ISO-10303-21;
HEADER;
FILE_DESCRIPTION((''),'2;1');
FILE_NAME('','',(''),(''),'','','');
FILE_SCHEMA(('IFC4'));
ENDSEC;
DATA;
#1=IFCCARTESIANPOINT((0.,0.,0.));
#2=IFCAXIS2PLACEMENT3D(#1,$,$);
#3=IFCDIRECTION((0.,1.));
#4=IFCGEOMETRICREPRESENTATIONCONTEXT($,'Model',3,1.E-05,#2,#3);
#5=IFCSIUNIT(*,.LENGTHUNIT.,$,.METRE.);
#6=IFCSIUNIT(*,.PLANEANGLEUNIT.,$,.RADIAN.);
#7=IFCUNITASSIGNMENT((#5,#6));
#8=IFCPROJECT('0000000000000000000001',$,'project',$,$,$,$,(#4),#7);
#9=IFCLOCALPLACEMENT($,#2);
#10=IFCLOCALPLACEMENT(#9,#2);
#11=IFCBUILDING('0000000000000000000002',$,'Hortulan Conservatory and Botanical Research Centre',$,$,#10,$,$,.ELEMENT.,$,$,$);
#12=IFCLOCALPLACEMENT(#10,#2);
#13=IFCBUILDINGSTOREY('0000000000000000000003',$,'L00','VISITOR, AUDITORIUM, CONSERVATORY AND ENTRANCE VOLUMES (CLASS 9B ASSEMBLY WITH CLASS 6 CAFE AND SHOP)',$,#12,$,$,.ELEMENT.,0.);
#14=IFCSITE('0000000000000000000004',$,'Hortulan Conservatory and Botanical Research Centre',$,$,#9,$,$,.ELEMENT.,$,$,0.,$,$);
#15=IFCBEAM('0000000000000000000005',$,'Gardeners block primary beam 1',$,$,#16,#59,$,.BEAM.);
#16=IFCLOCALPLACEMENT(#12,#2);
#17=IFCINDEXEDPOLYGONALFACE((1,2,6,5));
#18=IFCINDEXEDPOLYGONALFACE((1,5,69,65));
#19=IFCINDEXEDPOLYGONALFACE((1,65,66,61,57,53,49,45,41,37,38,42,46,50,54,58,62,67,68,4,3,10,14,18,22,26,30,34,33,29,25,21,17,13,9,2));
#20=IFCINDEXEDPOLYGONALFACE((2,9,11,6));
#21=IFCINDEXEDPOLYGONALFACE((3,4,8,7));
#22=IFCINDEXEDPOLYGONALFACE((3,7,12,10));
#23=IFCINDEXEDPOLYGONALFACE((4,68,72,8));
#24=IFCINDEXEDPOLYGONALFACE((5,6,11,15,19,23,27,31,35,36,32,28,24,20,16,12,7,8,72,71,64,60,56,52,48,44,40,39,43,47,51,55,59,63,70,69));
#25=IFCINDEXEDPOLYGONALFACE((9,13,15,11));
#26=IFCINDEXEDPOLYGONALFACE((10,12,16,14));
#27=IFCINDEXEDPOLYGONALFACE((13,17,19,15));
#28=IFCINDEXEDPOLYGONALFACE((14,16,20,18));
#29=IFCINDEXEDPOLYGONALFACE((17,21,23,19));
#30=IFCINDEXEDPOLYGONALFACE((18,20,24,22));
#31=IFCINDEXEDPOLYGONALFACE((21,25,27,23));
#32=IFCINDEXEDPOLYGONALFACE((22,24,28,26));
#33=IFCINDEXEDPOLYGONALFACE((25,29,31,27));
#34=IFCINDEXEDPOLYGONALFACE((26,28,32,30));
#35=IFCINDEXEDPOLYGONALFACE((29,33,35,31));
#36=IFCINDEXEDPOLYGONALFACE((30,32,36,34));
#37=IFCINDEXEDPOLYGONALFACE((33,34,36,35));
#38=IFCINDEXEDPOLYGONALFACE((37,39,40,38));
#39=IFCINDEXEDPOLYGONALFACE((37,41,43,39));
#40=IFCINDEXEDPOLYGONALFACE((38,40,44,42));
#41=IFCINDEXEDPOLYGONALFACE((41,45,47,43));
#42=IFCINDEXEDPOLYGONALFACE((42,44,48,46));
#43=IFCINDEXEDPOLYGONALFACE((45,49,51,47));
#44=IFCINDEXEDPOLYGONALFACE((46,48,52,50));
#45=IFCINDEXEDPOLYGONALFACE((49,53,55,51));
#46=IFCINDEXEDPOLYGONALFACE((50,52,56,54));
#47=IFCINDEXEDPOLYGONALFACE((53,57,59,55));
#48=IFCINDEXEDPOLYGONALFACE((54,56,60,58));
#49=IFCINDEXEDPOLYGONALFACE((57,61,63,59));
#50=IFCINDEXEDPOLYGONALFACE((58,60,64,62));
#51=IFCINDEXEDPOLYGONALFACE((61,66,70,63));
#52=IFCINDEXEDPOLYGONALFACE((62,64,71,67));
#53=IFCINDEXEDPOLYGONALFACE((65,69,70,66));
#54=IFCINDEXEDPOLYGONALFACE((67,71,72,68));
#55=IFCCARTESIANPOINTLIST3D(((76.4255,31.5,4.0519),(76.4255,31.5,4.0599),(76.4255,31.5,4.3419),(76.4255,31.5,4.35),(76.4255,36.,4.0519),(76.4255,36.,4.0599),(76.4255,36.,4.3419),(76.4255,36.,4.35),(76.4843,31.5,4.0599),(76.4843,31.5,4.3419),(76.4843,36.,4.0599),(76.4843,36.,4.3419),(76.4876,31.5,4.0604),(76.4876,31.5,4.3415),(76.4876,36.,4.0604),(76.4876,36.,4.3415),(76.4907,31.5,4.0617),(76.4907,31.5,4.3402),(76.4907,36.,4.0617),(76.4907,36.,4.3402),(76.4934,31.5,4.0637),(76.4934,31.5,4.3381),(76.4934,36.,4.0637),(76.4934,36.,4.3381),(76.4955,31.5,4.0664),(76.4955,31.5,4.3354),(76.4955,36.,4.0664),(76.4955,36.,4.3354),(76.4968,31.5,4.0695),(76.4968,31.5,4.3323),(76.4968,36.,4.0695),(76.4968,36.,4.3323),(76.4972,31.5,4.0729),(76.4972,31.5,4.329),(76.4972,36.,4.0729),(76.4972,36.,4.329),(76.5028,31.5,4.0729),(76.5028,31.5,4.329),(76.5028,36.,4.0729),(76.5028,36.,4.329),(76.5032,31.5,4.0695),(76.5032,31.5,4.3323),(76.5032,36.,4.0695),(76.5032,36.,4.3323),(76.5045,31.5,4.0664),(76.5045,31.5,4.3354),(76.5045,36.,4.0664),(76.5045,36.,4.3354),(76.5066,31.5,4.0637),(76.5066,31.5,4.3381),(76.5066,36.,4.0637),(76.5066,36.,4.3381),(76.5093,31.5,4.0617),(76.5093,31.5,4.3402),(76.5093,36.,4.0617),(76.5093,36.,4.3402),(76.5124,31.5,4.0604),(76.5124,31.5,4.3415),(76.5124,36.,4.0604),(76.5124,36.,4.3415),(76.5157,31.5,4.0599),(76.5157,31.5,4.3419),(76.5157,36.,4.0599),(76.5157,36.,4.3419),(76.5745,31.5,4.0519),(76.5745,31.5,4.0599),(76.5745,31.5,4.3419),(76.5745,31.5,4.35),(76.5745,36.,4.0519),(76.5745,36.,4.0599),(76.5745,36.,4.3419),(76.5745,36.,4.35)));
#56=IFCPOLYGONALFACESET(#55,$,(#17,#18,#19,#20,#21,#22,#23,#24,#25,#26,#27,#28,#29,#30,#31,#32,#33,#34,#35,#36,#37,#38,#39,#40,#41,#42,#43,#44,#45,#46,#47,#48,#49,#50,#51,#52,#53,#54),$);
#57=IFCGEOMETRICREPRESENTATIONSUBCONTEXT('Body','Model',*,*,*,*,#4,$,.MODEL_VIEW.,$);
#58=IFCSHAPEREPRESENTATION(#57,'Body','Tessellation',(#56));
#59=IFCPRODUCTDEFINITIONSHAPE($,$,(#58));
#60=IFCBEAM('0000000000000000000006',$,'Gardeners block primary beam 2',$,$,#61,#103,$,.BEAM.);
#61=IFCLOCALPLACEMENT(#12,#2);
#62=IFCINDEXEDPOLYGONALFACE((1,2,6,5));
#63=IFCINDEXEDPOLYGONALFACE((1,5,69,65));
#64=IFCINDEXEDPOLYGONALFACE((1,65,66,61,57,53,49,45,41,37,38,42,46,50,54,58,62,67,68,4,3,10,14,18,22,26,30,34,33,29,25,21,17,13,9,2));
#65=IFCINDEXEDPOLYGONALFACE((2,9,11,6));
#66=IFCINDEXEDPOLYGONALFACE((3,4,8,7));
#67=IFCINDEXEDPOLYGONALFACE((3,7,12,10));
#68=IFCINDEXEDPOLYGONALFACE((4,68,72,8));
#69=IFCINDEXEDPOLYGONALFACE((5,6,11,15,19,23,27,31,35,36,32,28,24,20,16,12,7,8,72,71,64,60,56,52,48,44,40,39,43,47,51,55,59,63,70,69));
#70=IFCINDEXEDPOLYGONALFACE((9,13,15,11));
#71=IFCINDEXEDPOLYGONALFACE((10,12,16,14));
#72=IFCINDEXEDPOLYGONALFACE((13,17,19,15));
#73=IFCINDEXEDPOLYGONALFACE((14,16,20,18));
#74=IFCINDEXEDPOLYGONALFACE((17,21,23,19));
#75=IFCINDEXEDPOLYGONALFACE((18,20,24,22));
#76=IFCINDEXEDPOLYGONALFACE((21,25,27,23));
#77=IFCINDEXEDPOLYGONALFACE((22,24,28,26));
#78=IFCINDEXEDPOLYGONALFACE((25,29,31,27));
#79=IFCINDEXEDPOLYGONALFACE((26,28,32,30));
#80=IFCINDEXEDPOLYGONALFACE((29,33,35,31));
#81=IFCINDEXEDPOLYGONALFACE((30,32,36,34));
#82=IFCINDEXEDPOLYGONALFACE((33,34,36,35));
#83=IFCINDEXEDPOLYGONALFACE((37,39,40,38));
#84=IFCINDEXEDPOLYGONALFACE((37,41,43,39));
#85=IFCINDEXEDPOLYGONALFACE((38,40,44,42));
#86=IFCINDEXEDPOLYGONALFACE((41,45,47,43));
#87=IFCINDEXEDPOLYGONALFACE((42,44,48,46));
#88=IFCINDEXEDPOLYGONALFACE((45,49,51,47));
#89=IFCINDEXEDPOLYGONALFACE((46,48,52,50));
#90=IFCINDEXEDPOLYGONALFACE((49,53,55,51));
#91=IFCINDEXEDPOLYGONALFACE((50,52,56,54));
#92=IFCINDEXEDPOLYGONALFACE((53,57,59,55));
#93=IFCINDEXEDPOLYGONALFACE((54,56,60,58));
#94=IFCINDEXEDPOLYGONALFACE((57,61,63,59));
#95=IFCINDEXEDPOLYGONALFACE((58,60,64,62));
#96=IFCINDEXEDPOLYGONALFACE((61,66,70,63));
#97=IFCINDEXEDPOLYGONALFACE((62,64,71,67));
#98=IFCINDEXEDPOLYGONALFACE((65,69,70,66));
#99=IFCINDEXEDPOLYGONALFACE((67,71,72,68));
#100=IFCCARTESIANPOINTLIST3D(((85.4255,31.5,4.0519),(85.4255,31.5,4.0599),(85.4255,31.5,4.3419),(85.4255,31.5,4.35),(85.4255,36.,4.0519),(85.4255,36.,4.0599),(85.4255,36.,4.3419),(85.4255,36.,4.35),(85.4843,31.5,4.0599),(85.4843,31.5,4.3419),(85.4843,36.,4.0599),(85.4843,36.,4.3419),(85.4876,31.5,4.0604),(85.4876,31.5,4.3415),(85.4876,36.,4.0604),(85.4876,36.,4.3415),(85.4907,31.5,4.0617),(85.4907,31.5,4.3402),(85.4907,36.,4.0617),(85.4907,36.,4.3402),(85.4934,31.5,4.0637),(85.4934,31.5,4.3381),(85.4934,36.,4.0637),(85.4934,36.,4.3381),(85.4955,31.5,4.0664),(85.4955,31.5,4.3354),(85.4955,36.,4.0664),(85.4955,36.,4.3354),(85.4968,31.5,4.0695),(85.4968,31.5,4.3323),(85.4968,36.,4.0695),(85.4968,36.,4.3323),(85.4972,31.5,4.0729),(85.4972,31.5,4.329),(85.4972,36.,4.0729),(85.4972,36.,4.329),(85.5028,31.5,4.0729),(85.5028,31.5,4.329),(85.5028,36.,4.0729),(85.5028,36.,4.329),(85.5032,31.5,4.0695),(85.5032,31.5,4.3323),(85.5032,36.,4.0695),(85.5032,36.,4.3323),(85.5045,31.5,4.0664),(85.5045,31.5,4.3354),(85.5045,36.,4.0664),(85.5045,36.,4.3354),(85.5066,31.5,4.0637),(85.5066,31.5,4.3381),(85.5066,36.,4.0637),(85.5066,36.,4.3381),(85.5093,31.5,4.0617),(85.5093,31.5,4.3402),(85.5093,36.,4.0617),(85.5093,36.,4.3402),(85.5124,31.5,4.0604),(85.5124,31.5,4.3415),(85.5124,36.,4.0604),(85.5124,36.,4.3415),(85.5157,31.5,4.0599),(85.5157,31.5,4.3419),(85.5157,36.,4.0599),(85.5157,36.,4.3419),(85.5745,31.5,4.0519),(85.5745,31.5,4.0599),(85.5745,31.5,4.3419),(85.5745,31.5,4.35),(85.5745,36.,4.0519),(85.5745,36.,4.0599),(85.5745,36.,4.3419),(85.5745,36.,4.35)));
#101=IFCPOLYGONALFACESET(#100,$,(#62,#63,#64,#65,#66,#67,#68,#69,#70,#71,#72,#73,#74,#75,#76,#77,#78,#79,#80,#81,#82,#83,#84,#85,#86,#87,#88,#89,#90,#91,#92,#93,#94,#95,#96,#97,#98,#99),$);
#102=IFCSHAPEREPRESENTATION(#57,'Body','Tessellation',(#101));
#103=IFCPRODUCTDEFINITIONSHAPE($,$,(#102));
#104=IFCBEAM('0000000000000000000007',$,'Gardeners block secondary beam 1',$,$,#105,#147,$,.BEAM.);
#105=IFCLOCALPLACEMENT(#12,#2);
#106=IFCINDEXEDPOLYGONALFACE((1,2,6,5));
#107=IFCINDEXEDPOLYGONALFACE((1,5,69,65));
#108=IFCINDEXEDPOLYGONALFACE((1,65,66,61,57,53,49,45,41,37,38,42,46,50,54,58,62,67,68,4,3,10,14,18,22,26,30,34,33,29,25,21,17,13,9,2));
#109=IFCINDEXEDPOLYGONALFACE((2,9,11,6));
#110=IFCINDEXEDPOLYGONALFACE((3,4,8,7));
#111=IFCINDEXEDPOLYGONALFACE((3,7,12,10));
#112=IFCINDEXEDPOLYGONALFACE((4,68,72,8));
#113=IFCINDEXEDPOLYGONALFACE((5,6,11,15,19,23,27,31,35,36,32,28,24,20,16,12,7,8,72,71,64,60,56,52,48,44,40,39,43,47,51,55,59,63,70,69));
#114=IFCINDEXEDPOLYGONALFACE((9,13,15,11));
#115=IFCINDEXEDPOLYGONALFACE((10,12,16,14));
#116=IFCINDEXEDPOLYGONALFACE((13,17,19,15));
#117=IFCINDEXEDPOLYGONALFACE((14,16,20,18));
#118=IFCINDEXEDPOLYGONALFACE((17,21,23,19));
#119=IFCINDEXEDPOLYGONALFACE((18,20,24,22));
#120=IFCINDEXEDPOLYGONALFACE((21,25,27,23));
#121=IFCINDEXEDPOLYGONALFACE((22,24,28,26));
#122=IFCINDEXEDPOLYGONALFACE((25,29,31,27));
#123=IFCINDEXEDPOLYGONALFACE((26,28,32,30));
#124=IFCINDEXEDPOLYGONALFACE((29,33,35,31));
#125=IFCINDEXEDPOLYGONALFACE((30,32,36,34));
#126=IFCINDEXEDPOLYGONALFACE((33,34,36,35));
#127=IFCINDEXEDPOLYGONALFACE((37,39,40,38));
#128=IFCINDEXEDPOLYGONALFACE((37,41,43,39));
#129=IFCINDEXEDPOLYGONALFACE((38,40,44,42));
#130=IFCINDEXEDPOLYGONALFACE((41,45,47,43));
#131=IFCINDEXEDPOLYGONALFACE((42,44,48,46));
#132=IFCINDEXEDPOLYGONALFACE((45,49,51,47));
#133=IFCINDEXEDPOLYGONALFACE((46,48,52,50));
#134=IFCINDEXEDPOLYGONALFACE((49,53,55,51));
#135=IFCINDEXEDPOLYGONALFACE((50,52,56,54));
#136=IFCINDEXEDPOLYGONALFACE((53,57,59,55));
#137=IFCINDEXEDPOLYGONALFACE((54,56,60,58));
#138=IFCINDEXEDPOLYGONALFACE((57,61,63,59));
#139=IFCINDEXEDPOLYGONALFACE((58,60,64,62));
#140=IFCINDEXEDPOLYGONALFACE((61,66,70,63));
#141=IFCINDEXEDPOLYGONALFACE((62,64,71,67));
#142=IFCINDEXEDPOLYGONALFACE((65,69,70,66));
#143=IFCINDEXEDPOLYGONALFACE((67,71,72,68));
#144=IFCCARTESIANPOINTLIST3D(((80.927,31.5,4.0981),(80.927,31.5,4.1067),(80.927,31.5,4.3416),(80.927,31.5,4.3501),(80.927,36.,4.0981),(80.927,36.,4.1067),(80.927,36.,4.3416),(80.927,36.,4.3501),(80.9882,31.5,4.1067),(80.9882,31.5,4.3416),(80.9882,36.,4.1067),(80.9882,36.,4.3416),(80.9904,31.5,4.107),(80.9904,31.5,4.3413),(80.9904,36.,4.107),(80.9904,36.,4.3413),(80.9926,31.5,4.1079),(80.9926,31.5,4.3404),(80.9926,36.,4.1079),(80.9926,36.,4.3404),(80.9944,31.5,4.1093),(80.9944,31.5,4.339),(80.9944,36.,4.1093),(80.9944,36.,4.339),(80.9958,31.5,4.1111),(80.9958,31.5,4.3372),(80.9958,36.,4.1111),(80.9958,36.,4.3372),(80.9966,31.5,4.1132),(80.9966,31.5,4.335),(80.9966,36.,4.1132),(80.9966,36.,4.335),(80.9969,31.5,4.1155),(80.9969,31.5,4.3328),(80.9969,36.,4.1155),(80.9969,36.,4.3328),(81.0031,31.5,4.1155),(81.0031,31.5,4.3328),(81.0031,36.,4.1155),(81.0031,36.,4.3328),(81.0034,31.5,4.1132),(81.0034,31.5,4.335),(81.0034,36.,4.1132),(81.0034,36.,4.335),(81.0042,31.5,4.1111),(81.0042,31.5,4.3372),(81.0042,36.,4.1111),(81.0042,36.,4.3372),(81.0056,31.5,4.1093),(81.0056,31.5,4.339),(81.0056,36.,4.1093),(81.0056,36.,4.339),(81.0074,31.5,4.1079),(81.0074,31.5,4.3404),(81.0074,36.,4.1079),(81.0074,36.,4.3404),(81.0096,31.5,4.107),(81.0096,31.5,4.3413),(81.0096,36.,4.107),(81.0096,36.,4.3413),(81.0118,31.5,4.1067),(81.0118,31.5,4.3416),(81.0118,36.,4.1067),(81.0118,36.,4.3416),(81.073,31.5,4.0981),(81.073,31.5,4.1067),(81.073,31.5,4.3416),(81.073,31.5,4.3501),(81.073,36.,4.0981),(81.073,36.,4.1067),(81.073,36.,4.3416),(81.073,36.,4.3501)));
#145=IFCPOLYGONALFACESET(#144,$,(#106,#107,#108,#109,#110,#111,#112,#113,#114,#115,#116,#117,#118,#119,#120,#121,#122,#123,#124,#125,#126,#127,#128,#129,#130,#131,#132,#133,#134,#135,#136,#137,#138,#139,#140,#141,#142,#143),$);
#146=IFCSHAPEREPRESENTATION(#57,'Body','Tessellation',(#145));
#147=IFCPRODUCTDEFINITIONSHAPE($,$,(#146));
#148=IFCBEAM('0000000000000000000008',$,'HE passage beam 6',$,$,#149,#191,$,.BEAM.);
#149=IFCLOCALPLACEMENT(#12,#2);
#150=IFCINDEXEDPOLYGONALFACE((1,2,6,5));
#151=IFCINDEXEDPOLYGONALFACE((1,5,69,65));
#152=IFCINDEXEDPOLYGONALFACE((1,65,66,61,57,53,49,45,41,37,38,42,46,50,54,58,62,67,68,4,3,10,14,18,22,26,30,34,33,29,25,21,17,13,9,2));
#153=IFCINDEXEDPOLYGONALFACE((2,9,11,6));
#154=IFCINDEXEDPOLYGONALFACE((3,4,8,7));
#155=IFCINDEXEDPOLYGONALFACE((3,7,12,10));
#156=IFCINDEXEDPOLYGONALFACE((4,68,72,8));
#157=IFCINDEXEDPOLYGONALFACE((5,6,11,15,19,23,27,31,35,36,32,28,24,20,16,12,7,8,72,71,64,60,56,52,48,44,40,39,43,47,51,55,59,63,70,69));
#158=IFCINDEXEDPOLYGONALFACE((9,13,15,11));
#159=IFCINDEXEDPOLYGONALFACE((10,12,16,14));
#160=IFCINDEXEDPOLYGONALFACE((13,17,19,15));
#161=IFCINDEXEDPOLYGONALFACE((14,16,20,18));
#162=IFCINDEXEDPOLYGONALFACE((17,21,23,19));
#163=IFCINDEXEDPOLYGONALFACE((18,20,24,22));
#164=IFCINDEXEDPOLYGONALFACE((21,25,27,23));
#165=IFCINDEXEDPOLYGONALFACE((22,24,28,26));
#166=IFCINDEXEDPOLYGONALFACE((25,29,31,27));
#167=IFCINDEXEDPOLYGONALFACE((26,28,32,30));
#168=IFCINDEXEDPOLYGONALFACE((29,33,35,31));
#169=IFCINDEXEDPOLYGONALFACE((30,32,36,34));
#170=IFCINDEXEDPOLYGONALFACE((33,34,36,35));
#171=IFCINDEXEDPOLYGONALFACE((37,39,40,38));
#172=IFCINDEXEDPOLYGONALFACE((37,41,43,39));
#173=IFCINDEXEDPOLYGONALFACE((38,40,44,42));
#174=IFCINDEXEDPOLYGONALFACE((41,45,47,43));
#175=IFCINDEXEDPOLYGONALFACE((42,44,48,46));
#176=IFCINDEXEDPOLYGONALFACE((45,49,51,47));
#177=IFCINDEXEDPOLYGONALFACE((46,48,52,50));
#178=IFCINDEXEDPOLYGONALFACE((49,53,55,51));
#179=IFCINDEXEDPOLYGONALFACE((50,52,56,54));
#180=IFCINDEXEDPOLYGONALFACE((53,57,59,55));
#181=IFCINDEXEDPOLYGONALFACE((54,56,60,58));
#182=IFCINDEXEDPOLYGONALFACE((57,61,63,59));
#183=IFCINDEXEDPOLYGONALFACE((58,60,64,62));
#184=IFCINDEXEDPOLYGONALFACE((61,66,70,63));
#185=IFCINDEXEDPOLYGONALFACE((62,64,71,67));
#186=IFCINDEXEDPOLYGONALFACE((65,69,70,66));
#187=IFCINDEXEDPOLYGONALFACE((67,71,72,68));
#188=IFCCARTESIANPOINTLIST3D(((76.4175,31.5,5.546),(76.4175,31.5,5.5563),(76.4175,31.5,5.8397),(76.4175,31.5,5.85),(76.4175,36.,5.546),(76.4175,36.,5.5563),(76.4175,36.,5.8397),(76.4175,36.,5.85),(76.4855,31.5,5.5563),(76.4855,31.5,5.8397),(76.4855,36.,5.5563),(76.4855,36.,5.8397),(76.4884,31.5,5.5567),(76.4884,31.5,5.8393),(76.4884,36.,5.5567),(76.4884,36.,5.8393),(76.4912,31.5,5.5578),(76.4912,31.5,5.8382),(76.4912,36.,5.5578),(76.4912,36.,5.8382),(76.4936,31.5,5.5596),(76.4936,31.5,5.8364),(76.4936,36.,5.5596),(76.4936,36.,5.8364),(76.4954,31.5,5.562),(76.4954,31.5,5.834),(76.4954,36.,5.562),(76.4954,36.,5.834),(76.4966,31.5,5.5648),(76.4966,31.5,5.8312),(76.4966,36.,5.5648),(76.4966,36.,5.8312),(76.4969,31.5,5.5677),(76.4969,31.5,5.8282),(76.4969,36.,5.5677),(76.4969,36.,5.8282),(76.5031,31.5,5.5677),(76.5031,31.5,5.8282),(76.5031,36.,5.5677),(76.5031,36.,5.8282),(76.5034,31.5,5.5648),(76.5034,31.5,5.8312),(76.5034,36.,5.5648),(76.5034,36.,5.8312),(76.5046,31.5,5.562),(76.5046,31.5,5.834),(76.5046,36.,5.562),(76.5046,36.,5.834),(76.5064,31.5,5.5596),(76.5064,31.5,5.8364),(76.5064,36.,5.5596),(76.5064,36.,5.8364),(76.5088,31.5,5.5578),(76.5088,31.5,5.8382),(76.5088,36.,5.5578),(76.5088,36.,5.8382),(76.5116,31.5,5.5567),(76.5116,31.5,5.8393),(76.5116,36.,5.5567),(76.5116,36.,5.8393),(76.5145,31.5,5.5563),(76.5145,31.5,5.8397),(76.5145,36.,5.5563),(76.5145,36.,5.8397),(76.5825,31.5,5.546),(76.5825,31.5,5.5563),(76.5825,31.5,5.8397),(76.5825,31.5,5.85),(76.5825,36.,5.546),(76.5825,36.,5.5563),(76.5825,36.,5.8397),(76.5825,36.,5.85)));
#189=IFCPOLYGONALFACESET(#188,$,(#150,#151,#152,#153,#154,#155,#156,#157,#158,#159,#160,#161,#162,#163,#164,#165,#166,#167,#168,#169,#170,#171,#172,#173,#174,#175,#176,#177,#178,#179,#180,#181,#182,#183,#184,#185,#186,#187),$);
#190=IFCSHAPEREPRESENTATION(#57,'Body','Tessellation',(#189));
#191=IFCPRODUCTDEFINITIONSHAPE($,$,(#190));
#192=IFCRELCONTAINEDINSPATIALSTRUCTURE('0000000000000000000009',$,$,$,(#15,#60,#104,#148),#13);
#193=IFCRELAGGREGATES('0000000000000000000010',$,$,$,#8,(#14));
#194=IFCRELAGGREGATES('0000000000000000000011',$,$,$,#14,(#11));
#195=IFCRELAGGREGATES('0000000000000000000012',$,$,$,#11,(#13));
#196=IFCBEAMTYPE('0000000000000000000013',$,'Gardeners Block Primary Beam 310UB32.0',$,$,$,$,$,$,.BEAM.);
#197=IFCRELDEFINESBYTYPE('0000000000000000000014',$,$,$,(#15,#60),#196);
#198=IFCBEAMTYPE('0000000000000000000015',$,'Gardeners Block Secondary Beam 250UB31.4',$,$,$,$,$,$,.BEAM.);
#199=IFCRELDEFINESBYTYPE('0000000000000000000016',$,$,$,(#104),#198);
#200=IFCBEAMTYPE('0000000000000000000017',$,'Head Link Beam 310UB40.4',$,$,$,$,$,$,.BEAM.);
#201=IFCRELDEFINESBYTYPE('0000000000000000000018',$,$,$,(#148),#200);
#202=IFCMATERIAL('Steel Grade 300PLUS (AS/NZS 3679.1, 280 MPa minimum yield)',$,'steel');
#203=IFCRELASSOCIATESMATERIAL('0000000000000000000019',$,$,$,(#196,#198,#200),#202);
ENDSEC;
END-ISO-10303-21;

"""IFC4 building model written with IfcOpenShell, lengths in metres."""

from ifc_helpers import new_model, si_unit, direction, frame, origin, origin_2d, place, context, subcontext, project, spatial, i_section, extrude, material, material_profile, profile_set, type_object, element, save


model = new_model("IFC4")

# Units and contexts
model_context = context("Model", 3, precision=1e-05, world=origin(), true_north=direction((0.0, 1.0)))
body_context = subcontext(model_context, "Body", "Model", "MODEL_VIEW")
ifc_project = project(units=[si_unit("LENGTHUNIT", "METRE"), si_unit("PLANEANGLEUNIT", "RADIAN")], contexts=[model_context])

# Site, building, storey
site_placement = place(None, origin())
site = spatial("IfcSite", under=ifc_project, at=site_placement, Name="Hortulan Conservatory and Botanical Research Centre", CompositionType="ELEMENT", RefElevation=0.0)
building_placement = place(site_placement, origin())
building = spatial("IfcBuilding", under=site, at=building_placement, Name="Hortulan Conservatory and Botanical Research Centre", CompositionType="ELEMENT")
storey_placement = place(building_placement, origin())
storey = spatial("IfcBuildingStorey", under=building, at=storey_placement, Name="L00", Description="VISITOR, AUDITORIUM, CONSERVATORY AND ENTRANCE VOLUMES (CLASS 9B ASSEMBLY WITH CLASS 6 CAFE AND SHOP)", CompositionType="ELEMENT", Elevation=0.0)

# Shared definitions
ifc_material_1 = material(Name="Steel Grade 300PLUS (AS/NZS 3679.1, 280 MPa minimum yield)", Category="steel")

# Beams
ifc_material_profile_1 = material_profile(ifc_material_1, i_section(OverallWidth=0.1489, OverallDepth=0.2981, WebThickness=0.0056, FlangeThickness=0.0081, FilletRadius=0.0129, at=origin_2d()), Name="310UB32.0")
ifc_profile_set_1 = profile_set([ifc_material_profile_1], Name="Steel Grade 300PLUS (AS/NZS 3679.1, 280 MPa minimum yield)")
beam_type_1 = type_object("IfcBeamType", Name="Gardeners Block Primary Beam 310UB32.0", PredefinedType="BEAM", material=ifc_profile_set_1)
for number, where, z_axis, x_axis, name in (
    (1, (76.5, 31.5, 4.2009), (0.0, 1.0, 0.0), (-1.0, 0.0, 0.0), "Gardeners block primary beam 1"),
    (2, (85.5, 31.5, 4.2009), (0.0, 1.0, 0.0), (-1.0, 0.0, 0.0), "Gardeners block primary beam 2"),
):
    element("IfcBeam", number, at=place(storey_placement, frame(where, z_axis=z_axis, x_axis=x_axis)), inside=storey, type_object=beam_type_1, Name=name, PredefinedType="BEAM", context=body_context, shape_type="SweptSolid", body=[
        extrude(i_section(OverallWidth=0.1489, OverallDepth=0.2981, WebThickness=0.0056, FlangeThickness=0.0081, FilletRadius=0.0129, at=origin_2d()), origin(), (0.0, 0.0, 1.0), 4.5),
    ])
ifc_material_profile_2 = material_profile(ifc_material_1, i_section(OverallWidth=0.146, OverallDepth=0.252, WebThickness=0.0061, FlangeThickness=0.0085, FilletRadius=0.0088, at=origin_2d()), Name="250UB31.4")
ifc_profile_set_2 = profile_set([ifc_material_profile_2], Name="Steel Grade 300PLUS (AS/NZS 3679.1, 280 MPa minimum yield)")
beam_type_2 = type_object("IfcBeamType", Name="Gardeners Block Secondary Beam 250UB31.4", PredefinedType="BEAM", material=ifc_profile_set_2)
beam_1_placement = place(storey_placement, frame((81.0, 31.5, 4.2241), z_axis=(0.0, 1.0, 0.0), x_axis=(-1.0, 0.0, 0.0)))
element("IfcBeam", 3, at=beam_1_placement, inside=storey, type_object=beam_type_2, Name="Gardeners block secondary beam 1", PredefinedType="BEAM", context=body_context, shape_type="SweptSolid", body=[
    extrude(i_section(OverallWidth=0.146, OverallDepth=0.252, WebThickness=0.0061, FlangeThickness=0.0085, FilletRadius=0.0088, at=origin_2d()), origin(), (0.0, 0.0, 1.0), 4.5),
])
ifc_material_profile_3 = material_profile(ifc_material_1, i_section(OverallWidth=0.165, OverallDepth=0.304, WebThickness=0.0061, FlangeThickness=0.0103, FilletRadius=0.0115, at=origin_2d()), Name="310UB40.4")
ifc_profile_set_3 = profile_set([ifc_material_profile_3], Name="Steel Grade 300PLUS (AS/NZS 3679.1, 280 MPa minimum yield)")
beam_type_3 = type_object("IfcBeamType", Name="Head Link Beam 310UB40.4", PredefinedType="BEAM", material=ifc_profile_set_3)
beam_2_placement = place(storey_placement, frame((76.5, 31.5, 5.698), z_axis=(0.0, 1.0, 0.0), x_axis=(-1.0, 0.0, 0.0)))
element("IfcBeam", 4, at=beam_2_placement, inside=storey, type_object=beam_type_3, Name="HE passage beam 6", PredefinedType="BEAM", context=body_context, shape_type="SweptSolid", body=[
    extrude(i_section(OverallWidth=0.165, OverallDepth=0.304, WebThickness=0.0061, FlangeThickness=0.0103, FilletRadius=0.0115, at=origin_2d()), origin(), (0.0, 0.0, 1.0), 4.5),
])

save(model, "model.ifc")
